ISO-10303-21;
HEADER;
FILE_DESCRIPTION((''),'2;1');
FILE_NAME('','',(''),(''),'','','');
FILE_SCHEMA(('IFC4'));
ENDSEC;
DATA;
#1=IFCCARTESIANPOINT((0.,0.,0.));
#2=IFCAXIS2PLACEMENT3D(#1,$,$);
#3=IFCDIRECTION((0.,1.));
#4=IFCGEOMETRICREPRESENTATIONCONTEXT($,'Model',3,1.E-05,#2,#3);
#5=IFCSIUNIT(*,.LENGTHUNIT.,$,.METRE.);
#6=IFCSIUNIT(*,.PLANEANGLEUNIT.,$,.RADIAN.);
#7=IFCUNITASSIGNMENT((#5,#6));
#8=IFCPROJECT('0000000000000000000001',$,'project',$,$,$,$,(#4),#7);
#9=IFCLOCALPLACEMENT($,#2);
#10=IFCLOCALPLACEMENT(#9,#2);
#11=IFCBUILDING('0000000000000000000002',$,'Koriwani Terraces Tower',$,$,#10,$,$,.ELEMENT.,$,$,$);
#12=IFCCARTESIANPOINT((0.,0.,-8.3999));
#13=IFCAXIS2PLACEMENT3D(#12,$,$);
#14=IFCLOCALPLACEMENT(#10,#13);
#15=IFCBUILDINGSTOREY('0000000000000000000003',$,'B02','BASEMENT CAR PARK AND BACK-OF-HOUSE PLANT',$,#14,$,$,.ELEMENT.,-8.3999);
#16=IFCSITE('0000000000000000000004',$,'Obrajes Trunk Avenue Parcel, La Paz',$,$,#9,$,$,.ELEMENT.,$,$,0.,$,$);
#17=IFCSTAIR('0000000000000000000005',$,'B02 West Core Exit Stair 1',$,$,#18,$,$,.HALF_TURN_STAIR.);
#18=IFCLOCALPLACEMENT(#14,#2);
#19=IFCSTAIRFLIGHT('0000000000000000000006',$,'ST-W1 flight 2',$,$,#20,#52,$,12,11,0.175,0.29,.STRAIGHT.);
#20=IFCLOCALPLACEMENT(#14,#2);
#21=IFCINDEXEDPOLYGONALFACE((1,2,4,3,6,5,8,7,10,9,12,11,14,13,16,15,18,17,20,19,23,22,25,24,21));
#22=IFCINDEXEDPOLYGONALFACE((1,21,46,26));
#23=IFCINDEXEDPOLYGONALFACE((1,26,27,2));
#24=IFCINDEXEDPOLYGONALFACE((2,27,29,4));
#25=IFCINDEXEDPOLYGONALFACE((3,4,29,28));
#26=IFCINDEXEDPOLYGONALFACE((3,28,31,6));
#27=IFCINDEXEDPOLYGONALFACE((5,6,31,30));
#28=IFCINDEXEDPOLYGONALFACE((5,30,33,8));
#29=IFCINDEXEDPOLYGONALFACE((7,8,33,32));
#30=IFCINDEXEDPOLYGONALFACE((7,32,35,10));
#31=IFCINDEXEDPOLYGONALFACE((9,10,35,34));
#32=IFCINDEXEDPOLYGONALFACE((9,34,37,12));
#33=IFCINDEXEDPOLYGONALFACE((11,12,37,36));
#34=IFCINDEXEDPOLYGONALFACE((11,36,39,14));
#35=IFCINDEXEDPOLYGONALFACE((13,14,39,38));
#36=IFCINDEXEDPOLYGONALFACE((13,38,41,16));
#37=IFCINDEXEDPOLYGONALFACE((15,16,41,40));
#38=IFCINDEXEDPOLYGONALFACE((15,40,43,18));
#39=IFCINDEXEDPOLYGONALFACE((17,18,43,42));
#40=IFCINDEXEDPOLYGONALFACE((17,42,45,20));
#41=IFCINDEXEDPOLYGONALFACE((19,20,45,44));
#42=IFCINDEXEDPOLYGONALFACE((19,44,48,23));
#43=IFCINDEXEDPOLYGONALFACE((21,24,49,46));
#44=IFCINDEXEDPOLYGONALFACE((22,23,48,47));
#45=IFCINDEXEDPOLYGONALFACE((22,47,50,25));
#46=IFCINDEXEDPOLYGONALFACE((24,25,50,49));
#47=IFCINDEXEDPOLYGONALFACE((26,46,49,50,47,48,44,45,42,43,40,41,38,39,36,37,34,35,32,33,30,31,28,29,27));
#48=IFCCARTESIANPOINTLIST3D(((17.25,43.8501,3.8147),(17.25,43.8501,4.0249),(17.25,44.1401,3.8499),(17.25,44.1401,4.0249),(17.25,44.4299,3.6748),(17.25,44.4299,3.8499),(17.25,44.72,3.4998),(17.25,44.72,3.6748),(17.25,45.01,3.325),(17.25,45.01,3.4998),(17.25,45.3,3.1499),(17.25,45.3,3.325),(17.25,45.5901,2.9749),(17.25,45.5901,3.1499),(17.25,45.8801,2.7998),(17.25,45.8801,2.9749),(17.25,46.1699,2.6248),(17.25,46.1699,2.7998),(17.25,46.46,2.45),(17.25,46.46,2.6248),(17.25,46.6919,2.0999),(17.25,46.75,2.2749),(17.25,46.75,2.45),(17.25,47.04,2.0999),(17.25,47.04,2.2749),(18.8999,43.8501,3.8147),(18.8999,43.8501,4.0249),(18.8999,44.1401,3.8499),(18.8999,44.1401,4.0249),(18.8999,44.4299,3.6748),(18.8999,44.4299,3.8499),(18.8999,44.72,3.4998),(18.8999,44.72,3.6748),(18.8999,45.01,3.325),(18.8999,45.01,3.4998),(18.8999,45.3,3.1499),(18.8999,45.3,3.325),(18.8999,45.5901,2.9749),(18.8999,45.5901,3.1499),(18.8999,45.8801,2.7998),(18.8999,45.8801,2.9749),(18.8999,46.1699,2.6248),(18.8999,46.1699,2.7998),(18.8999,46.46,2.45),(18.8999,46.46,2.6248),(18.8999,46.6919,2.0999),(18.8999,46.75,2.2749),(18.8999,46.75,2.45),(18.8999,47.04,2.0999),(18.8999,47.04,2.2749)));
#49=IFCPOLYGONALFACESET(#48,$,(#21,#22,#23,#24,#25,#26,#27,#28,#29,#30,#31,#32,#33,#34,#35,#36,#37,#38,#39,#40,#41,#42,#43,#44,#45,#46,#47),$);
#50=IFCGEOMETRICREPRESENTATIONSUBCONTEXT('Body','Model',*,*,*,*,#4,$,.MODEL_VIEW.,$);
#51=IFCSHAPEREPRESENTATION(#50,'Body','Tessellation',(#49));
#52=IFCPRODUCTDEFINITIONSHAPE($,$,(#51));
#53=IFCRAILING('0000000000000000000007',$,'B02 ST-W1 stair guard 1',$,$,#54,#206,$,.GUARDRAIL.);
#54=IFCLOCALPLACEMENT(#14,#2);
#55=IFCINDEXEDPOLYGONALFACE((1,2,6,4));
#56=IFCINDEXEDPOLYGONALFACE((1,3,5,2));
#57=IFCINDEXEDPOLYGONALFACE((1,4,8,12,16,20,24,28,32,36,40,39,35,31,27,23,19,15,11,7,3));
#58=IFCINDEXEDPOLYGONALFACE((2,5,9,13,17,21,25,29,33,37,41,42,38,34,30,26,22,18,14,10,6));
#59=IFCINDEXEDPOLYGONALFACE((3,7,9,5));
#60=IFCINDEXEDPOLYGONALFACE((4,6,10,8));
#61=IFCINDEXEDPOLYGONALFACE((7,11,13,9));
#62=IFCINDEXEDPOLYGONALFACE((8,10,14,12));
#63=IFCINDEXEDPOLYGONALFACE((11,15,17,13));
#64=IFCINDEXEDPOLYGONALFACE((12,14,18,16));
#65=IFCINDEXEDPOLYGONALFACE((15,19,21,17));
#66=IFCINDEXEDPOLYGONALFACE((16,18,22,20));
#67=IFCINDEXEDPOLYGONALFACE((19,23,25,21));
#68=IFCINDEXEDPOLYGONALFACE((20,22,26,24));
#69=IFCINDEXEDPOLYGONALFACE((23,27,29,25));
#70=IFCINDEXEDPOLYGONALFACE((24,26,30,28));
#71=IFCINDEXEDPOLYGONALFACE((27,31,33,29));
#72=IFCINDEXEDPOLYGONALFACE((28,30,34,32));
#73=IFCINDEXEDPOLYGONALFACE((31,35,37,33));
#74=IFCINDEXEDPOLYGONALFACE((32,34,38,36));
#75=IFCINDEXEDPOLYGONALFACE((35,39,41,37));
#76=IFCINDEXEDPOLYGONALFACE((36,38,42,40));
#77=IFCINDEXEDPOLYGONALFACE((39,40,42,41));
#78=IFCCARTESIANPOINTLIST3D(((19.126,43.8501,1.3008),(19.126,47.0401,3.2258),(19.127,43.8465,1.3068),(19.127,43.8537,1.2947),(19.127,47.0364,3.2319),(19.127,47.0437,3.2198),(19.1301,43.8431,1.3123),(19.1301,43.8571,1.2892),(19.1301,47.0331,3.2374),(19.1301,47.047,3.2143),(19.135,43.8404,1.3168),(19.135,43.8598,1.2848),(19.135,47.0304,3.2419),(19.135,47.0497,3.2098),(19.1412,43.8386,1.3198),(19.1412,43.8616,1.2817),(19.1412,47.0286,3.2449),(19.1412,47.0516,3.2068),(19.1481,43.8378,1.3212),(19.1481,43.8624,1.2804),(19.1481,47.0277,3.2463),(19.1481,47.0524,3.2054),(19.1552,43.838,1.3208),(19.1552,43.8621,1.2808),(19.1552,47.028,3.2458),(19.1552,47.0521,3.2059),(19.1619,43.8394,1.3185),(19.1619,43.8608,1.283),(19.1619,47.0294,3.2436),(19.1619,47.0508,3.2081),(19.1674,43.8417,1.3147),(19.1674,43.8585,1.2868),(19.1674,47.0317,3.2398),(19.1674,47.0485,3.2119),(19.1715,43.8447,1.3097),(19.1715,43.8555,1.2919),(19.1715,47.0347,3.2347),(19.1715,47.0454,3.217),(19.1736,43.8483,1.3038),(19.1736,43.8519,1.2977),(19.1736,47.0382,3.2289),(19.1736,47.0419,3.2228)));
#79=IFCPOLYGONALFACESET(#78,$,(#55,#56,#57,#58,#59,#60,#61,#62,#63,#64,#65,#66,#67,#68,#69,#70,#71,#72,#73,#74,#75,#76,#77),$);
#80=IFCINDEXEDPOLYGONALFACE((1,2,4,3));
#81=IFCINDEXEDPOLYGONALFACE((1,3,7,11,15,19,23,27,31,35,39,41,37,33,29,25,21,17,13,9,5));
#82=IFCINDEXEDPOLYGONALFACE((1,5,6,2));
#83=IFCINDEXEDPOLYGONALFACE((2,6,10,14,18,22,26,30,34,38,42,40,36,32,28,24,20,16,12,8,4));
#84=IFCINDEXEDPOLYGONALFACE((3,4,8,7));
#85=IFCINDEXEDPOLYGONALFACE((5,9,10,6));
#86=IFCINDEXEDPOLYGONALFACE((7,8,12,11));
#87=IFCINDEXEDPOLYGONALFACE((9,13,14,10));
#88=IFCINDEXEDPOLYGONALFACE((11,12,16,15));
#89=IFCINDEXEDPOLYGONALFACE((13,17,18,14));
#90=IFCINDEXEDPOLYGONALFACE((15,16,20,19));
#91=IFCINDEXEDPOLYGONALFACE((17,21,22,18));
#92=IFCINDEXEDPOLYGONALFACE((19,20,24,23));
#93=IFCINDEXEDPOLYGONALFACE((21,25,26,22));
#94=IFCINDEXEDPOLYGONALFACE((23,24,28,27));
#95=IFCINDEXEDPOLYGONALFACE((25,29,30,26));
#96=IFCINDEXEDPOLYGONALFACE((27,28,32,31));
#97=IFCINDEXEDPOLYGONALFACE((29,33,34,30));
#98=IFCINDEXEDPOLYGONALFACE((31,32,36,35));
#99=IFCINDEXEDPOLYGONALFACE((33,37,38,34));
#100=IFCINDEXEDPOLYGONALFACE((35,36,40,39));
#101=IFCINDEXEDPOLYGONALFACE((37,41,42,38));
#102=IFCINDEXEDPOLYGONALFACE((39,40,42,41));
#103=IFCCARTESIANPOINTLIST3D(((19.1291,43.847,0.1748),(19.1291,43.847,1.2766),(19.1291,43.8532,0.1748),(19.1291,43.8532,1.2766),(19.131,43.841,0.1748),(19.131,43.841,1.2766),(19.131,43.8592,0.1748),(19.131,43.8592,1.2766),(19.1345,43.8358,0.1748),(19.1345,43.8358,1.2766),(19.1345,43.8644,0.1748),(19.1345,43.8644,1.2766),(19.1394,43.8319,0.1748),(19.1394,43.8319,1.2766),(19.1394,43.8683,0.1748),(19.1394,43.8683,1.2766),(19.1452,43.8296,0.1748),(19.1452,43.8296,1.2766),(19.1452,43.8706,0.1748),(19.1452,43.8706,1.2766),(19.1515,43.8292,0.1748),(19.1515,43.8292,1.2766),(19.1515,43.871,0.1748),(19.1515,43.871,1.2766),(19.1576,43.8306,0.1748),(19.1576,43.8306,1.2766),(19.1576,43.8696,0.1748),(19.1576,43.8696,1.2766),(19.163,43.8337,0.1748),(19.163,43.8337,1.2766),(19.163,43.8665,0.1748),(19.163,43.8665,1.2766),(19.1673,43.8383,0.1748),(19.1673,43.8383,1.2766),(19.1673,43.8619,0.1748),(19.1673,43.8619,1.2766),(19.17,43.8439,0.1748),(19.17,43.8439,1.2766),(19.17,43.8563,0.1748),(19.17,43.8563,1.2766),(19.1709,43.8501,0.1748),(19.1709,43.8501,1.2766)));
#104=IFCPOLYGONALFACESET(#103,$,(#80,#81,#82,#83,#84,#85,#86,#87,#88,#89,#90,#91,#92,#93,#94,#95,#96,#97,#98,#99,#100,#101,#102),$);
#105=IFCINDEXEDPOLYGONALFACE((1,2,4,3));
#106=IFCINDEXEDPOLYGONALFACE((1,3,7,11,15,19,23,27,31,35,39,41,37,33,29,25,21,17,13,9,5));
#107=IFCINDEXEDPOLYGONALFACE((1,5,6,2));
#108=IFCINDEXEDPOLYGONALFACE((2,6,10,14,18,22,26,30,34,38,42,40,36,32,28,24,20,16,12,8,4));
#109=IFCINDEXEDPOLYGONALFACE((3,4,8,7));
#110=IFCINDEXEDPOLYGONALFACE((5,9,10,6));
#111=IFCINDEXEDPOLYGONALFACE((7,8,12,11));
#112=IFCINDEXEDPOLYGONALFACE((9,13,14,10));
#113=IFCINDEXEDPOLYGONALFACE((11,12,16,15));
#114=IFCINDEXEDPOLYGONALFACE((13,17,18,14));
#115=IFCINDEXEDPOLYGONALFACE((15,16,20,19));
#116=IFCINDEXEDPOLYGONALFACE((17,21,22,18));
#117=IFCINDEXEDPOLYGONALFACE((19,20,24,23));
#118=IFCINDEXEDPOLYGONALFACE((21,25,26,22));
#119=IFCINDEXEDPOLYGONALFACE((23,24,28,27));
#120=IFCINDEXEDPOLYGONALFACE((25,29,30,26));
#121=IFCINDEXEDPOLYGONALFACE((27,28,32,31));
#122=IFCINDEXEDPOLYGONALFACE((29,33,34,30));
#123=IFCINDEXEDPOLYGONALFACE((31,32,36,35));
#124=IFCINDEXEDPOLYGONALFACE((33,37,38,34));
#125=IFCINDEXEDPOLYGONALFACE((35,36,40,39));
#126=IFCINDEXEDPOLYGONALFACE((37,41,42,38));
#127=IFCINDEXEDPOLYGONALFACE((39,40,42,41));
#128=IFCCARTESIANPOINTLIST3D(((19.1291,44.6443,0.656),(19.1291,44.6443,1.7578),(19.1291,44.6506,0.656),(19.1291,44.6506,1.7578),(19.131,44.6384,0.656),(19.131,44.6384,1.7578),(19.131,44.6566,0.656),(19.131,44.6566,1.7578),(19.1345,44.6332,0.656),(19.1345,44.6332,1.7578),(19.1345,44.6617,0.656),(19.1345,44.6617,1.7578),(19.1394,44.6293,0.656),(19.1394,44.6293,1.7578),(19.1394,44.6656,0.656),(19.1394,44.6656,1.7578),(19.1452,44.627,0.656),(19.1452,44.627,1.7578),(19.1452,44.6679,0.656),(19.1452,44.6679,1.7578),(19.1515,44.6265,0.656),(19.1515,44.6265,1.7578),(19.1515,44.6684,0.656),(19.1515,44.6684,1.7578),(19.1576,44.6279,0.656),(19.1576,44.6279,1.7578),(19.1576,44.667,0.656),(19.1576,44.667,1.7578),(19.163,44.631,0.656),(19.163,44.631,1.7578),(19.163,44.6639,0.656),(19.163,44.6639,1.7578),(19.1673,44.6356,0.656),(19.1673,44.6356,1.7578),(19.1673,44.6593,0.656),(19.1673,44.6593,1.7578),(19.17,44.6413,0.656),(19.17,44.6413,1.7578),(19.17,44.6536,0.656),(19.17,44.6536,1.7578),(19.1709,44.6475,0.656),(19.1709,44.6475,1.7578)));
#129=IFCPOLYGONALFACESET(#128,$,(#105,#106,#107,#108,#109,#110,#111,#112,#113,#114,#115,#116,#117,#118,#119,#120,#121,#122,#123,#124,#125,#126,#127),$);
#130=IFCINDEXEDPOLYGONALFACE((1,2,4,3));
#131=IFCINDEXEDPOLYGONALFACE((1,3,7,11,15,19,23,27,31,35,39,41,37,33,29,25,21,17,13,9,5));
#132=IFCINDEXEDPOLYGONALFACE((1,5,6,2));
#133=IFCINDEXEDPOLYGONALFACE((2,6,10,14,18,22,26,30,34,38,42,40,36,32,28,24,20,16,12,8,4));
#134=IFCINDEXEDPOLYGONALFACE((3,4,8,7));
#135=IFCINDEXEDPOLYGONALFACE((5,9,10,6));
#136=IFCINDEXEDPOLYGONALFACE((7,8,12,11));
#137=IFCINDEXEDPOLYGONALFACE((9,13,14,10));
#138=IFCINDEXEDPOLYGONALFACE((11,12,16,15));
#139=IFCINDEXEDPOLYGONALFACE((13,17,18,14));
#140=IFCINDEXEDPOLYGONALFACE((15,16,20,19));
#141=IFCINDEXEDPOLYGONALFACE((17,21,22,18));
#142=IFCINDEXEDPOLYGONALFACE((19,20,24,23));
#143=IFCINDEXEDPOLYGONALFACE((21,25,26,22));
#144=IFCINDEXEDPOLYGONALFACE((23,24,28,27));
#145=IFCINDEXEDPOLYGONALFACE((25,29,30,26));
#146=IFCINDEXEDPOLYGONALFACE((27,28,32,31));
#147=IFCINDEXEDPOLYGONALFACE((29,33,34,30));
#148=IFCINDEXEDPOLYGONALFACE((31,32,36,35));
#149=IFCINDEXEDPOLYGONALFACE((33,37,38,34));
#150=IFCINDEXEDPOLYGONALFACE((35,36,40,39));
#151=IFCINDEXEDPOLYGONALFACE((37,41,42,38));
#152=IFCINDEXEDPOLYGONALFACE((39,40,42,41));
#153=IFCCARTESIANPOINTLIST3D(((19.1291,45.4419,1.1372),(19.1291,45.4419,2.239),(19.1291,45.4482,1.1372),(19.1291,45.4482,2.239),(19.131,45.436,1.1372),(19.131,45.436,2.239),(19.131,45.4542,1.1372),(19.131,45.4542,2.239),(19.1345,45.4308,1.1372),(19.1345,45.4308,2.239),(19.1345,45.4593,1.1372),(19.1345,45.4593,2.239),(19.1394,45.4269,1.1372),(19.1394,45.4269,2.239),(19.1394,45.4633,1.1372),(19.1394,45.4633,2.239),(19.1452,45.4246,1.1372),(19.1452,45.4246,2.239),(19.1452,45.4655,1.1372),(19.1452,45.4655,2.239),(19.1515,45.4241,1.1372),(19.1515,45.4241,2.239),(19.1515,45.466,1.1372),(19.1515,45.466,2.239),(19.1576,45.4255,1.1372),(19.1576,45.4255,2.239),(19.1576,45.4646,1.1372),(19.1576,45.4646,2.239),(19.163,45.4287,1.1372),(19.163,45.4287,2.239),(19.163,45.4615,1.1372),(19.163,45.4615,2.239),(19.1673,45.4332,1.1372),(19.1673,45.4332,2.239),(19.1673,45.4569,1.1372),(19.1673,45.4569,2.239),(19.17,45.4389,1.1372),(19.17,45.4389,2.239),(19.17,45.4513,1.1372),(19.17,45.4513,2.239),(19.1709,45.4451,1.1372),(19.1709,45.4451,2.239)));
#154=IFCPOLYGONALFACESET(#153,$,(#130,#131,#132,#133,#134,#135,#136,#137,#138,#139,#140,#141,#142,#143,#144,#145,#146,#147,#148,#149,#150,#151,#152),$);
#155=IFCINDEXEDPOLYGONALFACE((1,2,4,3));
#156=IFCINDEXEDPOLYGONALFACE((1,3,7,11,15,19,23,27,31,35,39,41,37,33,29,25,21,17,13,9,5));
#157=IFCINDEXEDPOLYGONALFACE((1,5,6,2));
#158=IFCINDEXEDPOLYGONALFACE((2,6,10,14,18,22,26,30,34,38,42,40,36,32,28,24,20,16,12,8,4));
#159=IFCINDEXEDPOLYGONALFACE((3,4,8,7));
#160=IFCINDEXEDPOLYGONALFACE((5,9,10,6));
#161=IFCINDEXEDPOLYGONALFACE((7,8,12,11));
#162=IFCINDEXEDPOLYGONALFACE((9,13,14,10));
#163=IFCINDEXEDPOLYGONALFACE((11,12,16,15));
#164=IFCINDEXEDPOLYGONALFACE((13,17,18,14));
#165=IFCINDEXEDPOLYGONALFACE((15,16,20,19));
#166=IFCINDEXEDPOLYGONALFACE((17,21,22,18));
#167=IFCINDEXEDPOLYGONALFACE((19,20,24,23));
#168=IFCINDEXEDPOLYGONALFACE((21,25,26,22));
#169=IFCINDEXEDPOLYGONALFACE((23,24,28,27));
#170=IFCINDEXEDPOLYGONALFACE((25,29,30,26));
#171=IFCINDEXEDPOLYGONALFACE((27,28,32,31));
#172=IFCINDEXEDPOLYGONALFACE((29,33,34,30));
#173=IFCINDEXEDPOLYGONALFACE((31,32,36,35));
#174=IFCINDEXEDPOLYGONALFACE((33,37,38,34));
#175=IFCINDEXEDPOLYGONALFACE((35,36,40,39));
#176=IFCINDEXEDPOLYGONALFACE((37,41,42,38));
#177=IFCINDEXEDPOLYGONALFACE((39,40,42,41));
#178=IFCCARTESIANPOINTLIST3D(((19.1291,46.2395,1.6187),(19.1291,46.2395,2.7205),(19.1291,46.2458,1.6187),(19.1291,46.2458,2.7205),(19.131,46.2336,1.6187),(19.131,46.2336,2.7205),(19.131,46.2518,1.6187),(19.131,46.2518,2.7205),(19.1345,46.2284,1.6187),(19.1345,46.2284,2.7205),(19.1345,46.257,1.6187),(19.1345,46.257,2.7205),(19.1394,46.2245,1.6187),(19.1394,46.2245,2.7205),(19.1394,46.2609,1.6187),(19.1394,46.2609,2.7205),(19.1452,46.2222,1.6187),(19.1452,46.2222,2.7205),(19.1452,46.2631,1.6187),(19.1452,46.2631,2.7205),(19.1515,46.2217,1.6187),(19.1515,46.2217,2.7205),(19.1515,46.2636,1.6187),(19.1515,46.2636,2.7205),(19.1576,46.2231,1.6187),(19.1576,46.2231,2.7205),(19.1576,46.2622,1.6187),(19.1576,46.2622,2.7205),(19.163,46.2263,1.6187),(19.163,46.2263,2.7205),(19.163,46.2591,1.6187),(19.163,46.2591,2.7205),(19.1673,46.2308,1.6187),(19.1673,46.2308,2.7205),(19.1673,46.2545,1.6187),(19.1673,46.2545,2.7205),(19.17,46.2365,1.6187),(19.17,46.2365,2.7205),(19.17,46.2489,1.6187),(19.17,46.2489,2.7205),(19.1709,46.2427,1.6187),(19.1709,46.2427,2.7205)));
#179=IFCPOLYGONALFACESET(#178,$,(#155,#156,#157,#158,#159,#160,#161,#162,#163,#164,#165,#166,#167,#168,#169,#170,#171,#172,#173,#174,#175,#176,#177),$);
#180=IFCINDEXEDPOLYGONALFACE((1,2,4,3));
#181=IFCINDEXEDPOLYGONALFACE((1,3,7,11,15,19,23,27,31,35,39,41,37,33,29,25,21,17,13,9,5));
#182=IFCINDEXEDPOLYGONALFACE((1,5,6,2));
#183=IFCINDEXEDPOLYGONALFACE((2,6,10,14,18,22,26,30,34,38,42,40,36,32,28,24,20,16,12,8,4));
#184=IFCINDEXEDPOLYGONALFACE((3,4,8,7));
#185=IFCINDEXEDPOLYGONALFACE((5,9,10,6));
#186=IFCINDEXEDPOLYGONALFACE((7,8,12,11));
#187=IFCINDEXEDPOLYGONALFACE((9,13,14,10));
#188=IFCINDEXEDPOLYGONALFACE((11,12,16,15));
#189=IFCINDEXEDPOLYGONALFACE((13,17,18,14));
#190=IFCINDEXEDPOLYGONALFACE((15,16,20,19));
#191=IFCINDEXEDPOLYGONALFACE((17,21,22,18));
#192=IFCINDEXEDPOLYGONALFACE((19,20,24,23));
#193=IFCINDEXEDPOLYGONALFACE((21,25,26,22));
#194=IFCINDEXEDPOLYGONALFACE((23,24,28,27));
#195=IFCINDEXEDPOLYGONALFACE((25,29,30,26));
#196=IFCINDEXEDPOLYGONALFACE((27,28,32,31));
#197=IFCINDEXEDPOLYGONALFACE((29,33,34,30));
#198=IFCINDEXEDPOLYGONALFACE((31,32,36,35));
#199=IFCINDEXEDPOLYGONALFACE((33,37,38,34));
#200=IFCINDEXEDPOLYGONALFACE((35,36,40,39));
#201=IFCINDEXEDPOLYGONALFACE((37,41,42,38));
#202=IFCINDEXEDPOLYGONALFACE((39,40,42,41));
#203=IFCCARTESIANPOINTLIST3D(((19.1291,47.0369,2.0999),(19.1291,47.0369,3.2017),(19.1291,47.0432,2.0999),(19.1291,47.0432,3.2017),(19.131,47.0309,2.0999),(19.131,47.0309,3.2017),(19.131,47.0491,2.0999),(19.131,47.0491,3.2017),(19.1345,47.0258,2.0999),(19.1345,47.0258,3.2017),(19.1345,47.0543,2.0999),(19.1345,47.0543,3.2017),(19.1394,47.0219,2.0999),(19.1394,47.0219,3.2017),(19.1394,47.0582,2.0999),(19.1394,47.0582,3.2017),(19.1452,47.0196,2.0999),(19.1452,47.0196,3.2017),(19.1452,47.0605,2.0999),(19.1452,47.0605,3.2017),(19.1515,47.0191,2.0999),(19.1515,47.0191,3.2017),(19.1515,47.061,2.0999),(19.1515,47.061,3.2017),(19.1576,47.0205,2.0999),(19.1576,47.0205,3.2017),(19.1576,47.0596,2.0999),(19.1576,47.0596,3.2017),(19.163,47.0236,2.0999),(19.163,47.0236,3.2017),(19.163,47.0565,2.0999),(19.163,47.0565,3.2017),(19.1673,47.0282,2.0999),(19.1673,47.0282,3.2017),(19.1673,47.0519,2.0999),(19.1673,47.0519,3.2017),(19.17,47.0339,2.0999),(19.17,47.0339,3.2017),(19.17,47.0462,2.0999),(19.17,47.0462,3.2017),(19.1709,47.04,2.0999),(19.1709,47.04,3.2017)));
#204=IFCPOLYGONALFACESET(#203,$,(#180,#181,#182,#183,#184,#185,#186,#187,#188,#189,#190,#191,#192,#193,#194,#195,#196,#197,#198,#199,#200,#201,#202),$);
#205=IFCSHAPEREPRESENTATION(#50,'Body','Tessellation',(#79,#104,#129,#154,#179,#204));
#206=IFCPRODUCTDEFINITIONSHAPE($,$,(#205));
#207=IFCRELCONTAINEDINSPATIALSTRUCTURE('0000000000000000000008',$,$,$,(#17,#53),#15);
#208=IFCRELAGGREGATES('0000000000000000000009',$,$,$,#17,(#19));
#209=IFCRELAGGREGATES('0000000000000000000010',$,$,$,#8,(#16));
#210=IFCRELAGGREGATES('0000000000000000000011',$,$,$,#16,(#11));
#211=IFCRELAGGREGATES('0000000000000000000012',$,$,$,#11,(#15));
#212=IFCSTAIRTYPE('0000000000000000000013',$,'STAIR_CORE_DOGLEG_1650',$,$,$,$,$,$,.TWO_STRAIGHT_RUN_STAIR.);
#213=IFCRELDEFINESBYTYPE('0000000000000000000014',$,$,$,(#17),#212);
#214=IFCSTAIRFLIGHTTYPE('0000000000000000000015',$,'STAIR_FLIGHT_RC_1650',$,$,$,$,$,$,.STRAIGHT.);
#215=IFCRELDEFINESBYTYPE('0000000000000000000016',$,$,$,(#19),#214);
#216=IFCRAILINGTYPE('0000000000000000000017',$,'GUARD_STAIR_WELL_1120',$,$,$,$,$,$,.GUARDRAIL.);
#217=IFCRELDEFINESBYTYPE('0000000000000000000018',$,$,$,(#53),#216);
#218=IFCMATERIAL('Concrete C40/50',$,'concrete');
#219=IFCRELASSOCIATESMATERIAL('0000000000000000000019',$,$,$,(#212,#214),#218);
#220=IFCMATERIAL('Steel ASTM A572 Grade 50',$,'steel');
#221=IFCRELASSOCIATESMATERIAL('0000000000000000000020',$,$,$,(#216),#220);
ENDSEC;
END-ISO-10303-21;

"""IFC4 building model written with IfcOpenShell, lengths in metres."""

from ifc_helpers import new_model, si_unit, direction, frame, origin, origin_2d, place, context, subcontext, project, spatial, polyline, circle, outline, extrude, material, type_object, element, aggregate, save


model = new_model("IFC4")

# Units and contexts
model_context = context("Model", 3, precision=1e-05, world=origin(), true_north=direction((0.0, 1.0)))
body_context = subcontext(model_context, "Body", "Model", "MODEL_VIEW")
ifc_project = project(units=[si_unit("LENGTHUNIT", "METRE"), si_unit("PLANEANGLEUNIT", "RADIAN")], contexts=[model_context])

# Site, building, storey
site_placement = place(None, origin())
site = spatial("IfcSite", under=ifc_project, at=site_placement, Name="Obrajes Trunk Avenue Parcel, La Paz", CompositionType="ELEMENT", RefElevation=0.0)
building_placement = place(site_placement, origin())
building = spatial("IfcBuilding", under=site, at=building_placement, Name="Koriwani Terraces Tower", CompositionType="ELEMENT")
storey_placement = place(building_placement, frame((0.0, 0.0, -8.3999)))
storey = spatial("IfcBuildingStorey", under=building, at=storey_placement, Name="B02", Description="BASEMENT CAR PARK AND BACK-OF-HOUSE PLANT", CompositionType="ELEMENT", Elevation=-8.3999)

# Shared definitions
ifc_material_1 = material(Name="Concrete C40/50", Category="concrete")

# Shared definitions
ifc_material_2 = material(Name="Steel ASTM A572 Grade 50", Category="steel")

# Stair, stair flight
stair_type = type_object("IfcStairType", Name="STAIR_CORE_DOGLEG_1650", PredefinedType="TWO_STRAIGHT_RUN_STAIR", material=ifc_material_1)
stair_placement = place(storey_placement, origin())
stair = element("IfcStair", 1, at=stair_placement, inside=storey, type_object=stair_type, Name="B02 West Core Exit Stair 1", PredefinedType="HALF_TURN_STAIR")
stair_flight_type = type_object("IfcStairFlightType", Name="STAIR_FLIGHT_RC_1650", PredefinedType="STRAIGHT", material=ifc_material_1)
stair_flight_placement = place(storey_placement, frame((18.075, 47.04, 2.0999), z_axis=(0.0, 0.0, 1.0), x_axis=(0.0, -1.0, 0.0)))
stair_flight = element("IfcStairFlight", 2, at=stair_flight_placement, type_object=stair_flight_type, Name="ST-W1 flight 2", NumberOfRisers=12, NumberOfTreads=11, PredefinedType="STRAIGHT", RiserHeight=0.175, TreadLength=0.29, context=body_context, shape_type="SweptSolid", body=[
    extrude(outline(polyline([(0.0, 0.0), (0.0, 0.175), (0.29, 0.175), (0.29, 0.3501), (0.5801, 0.3501), (0.5801, 0.5249), (0.8701, 0.5249), (0.8701, 0.7), (1.1599, 0.7), (1.1599, 0.875), (1.45, 0.875), (1.45, 1.05), (1.74, 1.05), (1.74, 1.2251), (2.03, 1.2251), (2.03, 1.3999), (2.3201, 1.3999), (2.3201, 1.575), (2.6101, 1.575), (2.6101, 1.75), (2.8999, 1.75), (2.8999, 1.925), (3.1899, 1.925), (3.1899, 2.1001), (3.1899, 1.7148), (0.3481, 0.0), (0.0, 0.0)])), frame((0.0, 0.825, 0.0), z_axis=(0.0, -1.0, 0.0), x_axis=(1.0, 0.0, 0.0)), (0.0, 0.0, 1.0), 1.6499),
])
aggregate(stair, [stair_flight])

# Railing
railing_type_1 = type_object("IfcRailingType", Name="GUARD_STAIR_WELL_1120", PredefinedType="GUARDRAIL", material=ifc_material_2)
railing_1_placement = place(storey_placement, frame((19.1499, 43.8501, 0.1748)))
element("IfcRailing", 3, at=railing_1_placement, inside=storey, type_object=railing_type_1, Name="B02 ST-W1 stair guard 1", PredefinedType="GUARDRAIL", context=body_context, shape_type="SweptSolid", body=[
    extrude(circle(Radius=0.0239, at=origin_2d()), frame((0.0, 0.0, 1.126), z_axis=(0.0, 0.856178, 0.516682), x_axis=(-1.0, 0.0, 0.0)), (0.0, 0.0, 1.0), 3.7258),
    extrude(circle(Radius=0.021, at=origin_2d()), origin(), (0.0, 0.0, 1.0), 1.1018),
    extrude(circle(Radius=0.021, at=origin_2d()), frame((0.0, 0.7974, 0.4812)), (0.0, 0.0, 1.0), 1.1018),
    extrude(circle(Radius=0.021, at=origin_2d()), frame((0.0, 1.595, 0.9624)), (0.0, 0.0, 1.0), 1.1018),
    extrude(circle(Radius=0.021, at=origin_2d()), frame((0.0, 2.3926, 1.4438)), (0.0, 0.0, 1.0), 1.1018),
    extrude(circle(Radius=0.021, at=origin_2d()), frame((0.0, 3.1899, 1.925)), (0.0, 0.0, 1.0), 1.1018),
])

save(model, "model.ifc")
